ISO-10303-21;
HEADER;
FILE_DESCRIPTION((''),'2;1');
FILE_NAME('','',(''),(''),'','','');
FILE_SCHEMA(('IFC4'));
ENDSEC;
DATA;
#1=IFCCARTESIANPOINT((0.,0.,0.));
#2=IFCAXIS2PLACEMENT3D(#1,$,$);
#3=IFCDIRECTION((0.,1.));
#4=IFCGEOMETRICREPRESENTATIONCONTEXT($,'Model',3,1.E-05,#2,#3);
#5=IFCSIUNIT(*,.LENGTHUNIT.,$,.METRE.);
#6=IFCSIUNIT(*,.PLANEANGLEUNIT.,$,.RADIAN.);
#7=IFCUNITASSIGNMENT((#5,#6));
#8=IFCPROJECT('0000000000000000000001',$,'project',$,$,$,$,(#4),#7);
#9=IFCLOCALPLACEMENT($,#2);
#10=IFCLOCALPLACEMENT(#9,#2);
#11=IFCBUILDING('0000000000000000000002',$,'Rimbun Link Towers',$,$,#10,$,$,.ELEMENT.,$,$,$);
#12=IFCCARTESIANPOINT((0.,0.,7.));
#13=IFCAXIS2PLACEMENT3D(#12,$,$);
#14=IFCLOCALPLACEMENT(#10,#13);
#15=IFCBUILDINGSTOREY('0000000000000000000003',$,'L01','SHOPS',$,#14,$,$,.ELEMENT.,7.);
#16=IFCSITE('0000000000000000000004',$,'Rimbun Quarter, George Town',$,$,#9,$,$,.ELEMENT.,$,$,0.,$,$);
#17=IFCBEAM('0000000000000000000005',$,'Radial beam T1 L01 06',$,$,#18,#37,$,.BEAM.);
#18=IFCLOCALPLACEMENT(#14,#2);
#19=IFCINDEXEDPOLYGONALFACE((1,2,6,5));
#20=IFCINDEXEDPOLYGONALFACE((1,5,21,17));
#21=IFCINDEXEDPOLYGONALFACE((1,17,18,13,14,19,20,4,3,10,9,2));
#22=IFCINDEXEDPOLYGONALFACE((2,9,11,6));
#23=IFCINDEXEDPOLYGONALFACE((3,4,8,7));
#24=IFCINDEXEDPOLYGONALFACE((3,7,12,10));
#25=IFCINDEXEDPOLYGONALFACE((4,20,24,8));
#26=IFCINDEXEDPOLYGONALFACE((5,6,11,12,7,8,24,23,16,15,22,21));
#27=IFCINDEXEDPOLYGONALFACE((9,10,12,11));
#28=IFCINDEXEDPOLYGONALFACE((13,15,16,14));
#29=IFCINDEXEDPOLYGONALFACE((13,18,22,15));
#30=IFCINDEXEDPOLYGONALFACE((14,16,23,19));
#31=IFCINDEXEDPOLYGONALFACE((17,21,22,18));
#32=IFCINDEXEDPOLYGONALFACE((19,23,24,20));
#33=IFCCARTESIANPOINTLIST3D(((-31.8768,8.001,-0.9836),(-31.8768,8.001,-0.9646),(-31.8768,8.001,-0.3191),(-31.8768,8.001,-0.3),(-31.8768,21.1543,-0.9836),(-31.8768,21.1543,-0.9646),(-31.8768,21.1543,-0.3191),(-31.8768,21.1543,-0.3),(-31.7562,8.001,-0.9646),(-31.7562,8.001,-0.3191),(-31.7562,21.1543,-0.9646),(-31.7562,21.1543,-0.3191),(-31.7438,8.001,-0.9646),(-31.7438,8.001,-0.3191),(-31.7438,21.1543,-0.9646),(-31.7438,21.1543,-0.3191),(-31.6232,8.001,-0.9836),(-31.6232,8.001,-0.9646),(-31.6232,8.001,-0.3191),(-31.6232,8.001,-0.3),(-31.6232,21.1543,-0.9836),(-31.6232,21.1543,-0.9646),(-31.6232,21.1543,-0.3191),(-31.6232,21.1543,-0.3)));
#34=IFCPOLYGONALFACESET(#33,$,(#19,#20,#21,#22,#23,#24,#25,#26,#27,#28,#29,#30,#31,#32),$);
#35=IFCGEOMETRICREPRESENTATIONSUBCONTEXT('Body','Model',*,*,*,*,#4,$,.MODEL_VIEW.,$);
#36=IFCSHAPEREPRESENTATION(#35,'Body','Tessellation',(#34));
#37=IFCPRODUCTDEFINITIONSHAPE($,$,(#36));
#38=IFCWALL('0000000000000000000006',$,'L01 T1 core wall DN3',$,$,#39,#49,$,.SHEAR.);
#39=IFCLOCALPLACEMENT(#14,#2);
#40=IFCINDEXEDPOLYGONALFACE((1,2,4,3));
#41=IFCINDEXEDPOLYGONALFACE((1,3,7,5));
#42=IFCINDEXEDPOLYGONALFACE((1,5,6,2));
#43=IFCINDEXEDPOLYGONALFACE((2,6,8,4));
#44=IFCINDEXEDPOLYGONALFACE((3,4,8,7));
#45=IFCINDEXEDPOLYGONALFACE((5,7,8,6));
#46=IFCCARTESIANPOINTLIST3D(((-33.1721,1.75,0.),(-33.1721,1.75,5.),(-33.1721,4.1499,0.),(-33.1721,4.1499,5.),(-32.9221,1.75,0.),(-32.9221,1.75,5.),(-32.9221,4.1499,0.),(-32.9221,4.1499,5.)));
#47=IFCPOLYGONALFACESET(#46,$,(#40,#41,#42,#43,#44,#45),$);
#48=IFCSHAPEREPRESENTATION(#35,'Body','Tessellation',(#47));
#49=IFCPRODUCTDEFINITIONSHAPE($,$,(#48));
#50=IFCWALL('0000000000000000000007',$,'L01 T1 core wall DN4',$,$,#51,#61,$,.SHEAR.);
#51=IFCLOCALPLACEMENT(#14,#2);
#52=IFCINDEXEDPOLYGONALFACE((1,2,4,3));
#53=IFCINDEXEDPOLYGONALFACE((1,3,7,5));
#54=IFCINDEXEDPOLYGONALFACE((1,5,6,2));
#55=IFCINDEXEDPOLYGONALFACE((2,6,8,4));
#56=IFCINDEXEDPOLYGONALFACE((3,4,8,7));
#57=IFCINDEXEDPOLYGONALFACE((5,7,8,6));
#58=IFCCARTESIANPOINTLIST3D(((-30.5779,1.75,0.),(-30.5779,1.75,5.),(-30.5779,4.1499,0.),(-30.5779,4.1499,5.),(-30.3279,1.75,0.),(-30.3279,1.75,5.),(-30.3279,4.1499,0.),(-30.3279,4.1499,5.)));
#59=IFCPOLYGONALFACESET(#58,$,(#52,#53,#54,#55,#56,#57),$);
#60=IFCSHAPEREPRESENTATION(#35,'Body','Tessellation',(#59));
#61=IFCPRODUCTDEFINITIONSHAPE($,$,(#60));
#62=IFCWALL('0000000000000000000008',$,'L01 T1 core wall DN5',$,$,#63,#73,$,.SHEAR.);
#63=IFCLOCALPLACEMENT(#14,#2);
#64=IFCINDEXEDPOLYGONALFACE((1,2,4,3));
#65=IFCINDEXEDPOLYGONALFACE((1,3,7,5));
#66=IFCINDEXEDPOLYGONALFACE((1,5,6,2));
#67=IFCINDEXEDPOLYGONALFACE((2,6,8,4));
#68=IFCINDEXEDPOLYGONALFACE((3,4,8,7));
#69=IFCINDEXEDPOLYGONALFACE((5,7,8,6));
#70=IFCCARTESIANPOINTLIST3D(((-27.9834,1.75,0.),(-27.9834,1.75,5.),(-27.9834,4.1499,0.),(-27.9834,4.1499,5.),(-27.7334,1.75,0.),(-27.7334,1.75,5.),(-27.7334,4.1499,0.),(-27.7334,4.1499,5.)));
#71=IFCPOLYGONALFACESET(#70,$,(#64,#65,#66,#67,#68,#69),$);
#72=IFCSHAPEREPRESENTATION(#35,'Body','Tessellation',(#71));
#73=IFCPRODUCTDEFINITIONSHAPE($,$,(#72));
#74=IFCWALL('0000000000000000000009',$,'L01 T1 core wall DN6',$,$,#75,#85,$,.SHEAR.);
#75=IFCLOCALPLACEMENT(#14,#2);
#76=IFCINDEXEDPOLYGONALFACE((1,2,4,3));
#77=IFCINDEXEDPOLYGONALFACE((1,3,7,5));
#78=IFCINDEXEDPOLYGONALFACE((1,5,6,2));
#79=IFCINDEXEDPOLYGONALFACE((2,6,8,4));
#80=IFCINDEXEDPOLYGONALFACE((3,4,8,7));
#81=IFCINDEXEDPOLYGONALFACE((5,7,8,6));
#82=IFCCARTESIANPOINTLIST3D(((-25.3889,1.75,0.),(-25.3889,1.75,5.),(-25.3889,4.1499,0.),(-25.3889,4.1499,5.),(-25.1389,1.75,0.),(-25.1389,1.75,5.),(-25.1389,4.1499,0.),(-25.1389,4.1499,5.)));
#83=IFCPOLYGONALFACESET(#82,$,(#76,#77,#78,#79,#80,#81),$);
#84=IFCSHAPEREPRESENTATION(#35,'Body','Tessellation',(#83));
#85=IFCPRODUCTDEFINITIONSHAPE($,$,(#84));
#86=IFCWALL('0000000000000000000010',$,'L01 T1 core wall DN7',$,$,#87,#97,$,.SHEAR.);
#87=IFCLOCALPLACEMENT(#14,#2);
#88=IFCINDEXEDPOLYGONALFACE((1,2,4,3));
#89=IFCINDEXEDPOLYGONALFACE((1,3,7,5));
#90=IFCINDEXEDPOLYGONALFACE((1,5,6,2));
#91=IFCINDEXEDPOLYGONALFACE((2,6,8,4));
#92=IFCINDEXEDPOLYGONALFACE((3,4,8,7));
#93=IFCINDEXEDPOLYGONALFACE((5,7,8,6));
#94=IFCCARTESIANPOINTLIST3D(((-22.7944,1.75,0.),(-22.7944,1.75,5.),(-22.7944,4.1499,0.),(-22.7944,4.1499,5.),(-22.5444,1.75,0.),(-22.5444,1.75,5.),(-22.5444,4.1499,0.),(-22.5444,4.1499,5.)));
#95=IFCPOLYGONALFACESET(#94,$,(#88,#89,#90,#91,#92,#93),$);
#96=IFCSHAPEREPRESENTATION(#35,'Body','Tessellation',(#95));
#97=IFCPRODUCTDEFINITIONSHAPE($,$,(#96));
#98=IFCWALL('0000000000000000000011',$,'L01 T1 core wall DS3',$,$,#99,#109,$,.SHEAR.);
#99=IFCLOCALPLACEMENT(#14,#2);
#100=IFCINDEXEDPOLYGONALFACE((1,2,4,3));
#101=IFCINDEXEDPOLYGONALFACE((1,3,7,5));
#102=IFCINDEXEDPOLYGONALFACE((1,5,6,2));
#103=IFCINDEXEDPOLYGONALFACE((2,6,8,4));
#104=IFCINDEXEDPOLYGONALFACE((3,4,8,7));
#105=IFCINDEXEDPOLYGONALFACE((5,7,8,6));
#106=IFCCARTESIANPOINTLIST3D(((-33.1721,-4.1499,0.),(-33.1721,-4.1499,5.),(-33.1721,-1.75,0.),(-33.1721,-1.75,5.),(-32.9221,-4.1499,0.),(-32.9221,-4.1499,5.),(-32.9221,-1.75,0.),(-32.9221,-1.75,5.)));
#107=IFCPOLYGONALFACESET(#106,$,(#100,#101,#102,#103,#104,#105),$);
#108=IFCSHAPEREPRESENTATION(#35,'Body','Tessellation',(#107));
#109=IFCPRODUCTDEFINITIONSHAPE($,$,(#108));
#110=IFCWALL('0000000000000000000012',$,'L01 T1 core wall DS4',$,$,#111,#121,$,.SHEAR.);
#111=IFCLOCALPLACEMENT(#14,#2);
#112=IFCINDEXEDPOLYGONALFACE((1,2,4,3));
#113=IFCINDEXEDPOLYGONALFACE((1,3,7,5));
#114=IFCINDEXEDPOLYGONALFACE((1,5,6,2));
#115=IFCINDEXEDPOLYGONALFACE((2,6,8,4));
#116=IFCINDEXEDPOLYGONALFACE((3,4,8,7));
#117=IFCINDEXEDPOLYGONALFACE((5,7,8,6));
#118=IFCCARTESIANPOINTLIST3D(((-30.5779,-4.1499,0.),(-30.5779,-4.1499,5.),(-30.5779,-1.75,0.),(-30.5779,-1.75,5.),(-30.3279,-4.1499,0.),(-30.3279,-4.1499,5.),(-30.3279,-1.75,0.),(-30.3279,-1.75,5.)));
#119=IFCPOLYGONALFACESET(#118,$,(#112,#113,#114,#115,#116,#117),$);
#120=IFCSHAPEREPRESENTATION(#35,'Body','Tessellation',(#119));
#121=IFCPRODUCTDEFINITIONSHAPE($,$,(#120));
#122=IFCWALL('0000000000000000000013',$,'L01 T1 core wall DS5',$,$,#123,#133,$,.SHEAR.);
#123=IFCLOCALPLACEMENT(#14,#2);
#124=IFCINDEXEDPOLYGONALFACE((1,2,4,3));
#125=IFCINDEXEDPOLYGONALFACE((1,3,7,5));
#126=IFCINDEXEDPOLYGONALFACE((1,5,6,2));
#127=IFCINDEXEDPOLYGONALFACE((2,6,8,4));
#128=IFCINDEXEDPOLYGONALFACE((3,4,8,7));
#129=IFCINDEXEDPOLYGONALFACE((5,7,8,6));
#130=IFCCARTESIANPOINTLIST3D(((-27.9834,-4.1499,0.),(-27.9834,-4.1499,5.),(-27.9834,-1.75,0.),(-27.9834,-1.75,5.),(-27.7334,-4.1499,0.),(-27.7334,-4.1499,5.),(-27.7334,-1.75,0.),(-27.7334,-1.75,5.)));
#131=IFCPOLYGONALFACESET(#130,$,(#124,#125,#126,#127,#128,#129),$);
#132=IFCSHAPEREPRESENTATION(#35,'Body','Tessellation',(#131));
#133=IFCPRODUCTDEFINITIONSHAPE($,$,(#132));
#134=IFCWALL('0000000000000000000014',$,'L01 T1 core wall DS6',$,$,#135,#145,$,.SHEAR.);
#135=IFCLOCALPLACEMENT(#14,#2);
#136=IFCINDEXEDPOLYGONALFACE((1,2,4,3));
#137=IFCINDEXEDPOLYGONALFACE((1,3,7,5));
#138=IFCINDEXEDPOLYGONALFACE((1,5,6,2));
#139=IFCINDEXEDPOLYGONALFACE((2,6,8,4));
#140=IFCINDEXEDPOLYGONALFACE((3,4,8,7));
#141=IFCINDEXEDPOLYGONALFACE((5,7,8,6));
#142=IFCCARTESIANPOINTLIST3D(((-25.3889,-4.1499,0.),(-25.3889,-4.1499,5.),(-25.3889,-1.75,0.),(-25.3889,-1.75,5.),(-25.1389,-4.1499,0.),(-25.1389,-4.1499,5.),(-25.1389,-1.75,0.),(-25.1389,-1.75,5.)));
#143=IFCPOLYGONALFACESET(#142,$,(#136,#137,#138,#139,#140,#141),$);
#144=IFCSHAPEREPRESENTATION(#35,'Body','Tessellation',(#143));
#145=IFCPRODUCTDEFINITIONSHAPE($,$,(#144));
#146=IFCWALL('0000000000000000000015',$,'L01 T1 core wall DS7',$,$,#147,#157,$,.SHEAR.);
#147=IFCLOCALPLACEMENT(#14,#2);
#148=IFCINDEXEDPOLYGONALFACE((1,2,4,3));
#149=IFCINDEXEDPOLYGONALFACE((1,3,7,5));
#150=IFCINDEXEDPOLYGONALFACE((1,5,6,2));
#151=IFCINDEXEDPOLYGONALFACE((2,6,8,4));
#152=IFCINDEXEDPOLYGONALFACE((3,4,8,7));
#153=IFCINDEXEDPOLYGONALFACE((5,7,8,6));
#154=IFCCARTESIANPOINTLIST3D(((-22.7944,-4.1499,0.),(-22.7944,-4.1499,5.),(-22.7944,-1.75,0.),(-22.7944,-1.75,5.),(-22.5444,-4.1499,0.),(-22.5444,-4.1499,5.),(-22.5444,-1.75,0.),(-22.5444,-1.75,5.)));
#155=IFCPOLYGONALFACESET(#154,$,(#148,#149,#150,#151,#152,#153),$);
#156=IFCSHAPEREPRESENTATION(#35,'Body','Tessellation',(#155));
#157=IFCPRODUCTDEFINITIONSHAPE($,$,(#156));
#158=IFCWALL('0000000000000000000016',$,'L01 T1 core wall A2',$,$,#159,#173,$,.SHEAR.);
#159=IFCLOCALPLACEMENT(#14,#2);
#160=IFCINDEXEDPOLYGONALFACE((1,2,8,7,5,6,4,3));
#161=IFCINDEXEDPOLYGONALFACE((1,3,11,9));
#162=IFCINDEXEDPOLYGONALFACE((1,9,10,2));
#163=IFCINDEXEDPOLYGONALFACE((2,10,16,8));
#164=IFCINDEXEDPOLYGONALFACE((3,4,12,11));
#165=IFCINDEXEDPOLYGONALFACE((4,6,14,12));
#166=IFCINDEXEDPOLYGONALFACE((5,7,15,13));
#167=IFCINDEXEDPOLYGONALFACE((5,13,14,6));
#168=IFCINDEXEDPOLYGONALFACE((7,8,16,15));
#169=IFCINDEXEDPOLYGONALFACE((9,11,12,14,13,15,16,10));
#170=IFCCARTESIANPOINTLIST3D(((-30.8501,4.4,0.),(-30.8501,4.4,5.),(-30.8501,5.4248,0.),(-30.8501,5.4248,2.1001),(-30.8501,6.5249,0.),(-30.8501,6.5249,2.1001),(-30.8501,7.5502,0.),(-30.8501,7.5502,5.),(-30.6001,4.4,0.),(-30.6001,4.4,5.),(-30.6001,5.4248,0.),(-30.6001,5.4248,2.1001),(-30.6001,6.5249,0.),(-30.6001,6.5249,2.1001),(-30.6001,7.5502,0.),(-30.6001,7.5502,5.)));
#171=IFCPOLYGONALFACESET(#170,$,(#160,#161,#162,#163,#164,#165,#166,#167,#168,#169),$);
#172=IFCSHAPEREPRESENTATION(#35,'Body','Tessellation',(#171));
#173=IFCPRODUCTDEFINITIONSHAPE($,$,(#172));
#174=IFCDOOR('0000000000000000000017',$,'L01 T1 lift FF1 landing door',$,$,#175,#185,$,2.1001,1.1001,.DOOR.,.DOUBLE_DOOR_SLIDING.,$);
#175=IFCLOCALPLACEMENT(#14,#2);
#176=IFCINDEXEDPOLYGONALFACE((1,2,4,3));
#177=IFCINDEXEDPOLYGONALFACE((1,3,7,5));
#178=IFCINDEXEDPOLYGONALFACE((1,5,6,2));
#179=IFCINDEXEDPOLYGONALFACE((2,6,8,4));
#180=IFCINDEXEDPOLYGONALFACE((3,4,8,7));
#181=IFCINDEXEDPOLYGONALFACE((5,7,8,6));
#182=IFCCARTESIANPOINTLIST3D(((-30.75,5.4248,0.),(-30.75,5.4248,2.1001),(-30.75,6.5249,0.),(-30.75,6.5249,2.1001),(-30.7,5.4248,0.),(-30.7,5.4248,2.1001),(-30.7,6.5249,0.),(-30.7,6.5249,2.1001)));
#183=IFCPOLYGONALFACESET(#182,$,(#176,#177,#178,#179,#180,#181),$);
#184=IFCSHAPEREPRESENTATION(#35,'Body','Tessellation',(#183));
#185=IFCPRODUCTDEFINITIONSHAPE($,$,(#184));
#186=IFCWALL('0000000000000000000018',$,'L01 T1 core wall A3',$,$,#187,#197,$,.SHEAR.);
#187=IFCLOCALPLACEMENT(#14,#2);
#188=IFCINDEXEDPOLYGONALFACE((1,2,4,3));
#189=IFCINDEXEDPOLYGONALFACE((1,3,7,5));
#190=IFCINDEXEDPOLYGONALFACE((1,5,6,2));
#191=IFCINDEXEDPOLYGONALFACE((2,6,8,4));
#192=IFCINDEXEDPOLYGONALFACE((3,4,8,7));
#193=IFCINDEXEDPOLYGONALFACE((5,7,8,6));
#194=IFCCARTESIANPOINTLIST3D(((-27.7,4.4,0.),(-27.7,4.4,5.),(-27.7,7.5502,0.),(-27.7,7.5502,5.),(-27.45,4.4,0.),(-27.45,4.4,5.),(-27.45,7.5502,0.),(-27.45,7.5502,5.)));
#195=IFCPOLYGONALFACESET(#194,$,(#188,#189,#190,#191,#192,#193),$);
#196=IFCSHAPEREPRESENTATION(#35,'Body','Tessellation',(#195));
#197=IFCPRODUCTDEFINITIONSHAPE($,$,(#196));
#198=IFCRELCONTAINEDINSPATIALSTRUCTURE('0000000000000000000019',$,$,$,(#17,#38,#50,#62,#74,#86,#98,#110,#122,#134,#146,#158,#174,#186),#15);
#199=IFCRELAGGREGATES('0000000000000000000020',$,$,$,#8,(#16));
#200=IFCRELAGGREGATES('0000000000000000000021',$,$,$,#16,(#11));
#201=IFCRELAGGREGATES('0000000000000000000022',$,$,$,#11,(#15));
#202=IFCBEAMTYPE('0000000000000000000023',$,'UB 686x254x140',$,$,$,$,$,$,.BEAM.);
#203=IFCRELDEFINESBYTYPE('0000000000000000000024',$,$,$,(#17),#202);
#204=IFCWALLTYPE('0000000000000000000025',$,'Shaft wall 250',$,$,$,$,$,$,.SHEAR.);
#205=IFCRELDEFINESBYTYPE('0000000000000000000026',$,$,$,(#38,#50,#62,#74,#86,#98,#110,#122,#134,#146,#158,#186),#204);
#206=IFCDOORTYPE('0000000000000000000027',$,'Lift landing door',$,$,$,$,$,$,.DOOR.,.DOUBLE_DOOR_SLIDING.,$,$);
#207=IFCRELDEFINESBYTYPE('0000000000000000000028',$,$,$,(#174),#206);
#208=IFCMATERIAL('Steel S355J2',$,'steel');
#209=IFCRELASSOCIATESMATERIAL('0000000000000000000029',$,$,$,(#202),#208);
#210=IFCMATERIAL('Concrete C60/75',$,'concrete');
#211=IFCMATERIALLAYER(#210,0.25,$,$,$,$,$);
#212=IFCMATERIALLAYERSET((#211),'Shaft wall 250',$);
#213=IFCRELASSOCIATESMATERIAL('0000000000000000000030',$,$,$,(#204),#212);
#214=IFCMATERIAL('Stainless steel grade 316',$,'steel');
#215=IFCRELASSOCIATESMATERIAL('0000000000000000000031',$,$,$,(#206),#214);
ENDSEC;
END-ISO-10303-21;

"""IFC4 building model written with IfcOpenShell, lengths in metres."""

from ifc_helpers import new_model, si_unit, direction, frame, frame_2d, origin, origin_2d, place, context, subcontext, project, spatial, rectangle, i_section, extrude, material, layer, layer_set, material_profile, profile_set, type_object, element, fill, save


model = new_model("IFC4")

# Units and contexts
model_context = context("Model", 3, precision=1e-05, world=origin(), true_north=direction((0.0, 1.0)))
body_context = subcontext(model_context, "Body", "Model", "MODEL_VIEW")
ifc_project = project(units=[si_unit("LENGTHUNIT", "METRE"), si_unit("PLANEANGLEUNIT", "RADIAN")], contexts=[model_context])

# Site, building, storey
site_placement = place(None, origin())
site = spatial("IfcSite", under=ifc_project, at=site_placement, Name="Rimbun Quarter, George Town", CompositionType="ELEMENT", RefElevation=0.0)
building_placement = place(site_placement, origin())
building = spatial("IfcBuilding", under=site, at=building_placement, Name="Rimbun Link Towers", CompositionType="ELEMENT")
storey_placement = place(building_placement, frame((0.0, 0.0, 7.0)))
storey = spatial("IfcBuildingStorey", under=building, at=storey_placement, Name="L01", Description="SHOPS", CompositionType="ELEMENT", Elevation=7.0)

# Beam
ifc_material_1 = material(Name="Steel S355J2", Category="steel")
ifc_material_profile_1 = material_profile(ifc_material_1, i_section(OverallWidth=0.2537, OverallDepth=0.6836, WebThickness=0.0125, FlangeThickness=0.019, at=origin_2d()), Name="UB 686x254x140")
ifc_profile_set_1 = profile_set([ifc_material_profile_1], Name="Steel S355J2")
beam_type_1 = type_object("IfcBeamType", Name="UB 686x254x140", PredefinedType="BEAM", material=ifc_profile_set_1)
beam_1_placement = place(storey_placement, frame((-31.75, 8.001, -0.6418), z_axis=(0.0, 1.0, 0.0), x_axis=(-1.0, 0.0, 0.0)))
element("IfcBeam", 1, at=beam_1_placement, inside=storey, type_object=beam_type_1, Name="Radial beam T1 L01 06", PredefinedType="BEAM", context=body_context, shape_type="SweptSolid", body=[
    extrude(i_section(OverallWidth=0.2537, OverallDepth=0.6836, WebThickness=0.0125, FlangeThickness=0.019, at=origin_2d()), origin(), (0.0, 0.0, 1.0), 13.1533),
])

# Walls
ifc_material_2 = material(Name="Concrete C60/75", Category="concrete")
ifc_layer_1 = layer(ifc_material_2, 0.25)
ifc_layer_set_1 = layer_set([ifc_layer_1], Name="Shaft wall 250")
wall_type_1 = type_object("IfcWallType", Name="Shaft wall 250", PredefinedType="SHEAR", material=ifc_layer_set_1)
for number, where, z_axis, x_axis, name in (
    (2, (-33.0471, 1.75, 0.0), (0.0, 0.0, 1.0), (0.0, 1.0, 0.0), "L01 T1 core wall DN3"),
    (3, (-30.4529, 1.75, 0.0), (0.0, 0.0, 1.0), (0.0, 1.0, 0.0), "L01 T1 core wall DN4"),
    (4, (-27.8584, 1.75, 0.0), (0.0, 0.0, 1.0), (0.0, 1.0, 0.0), "L01 T1 core wall DN5"),
    (5, (-25.2639, 1.75, 0.0), (0.0, 0.0, 1.0), (0.0, 1.0, 0.0), "L01 T1 core wall DN6"),
    (6, (-22.6694, 1.75, 0.0), (0.0, 0.0, 1.0), (0.0, 1.0, 0.0), "L01 T1 core wall DN7"),
    (7, (-33.0471, -4.1499, 0.0), (0.0, 0.0, 1.0), (0.0, 1.0, 0.0), "L01 T1 core wall DS3"),
    (8, (-30.4529, -4.1499, 0.0), (0.0, 0.0, 1.0), (0.0, 1.0, 0.0), "L01 T1 core wall DS4"),
    (9, (-27.8584, -4.1499, 0.0), (0.0, 0.0, 1.0), (0.0, 1.0, 0.0), "L01 T1 core wall DS5"),
    (10, (-25.2639, -4.1499, 0.0), (0.0, 0.0, 1.0), (0.0, 1.0, 0.0), "L01 T1 core wall DS6"),
    (11, (-22.6694, -4.1499, 0.0), (0.0, 0.0, 1.0), (0.0, 1.0, 0.0), "L01 T1 core wall DS7"),
):
    element("IfcWall", number, at=place(storey_placement, frame(where, z_axis=z_axis, x_axis=x_axis)), inside=storey, type_object=wall_type_1, Name=name, PredefinedType="SHEAR", context=body_context, shape_type="SweptSolid", body=[
        extrude(rectangle(XDim=2.3999, YDim=0.25, at=frame_2d((1.2, 0.0))), origin(), (0.0, 0.0, 1.0), 5.0),
    ])

# Wall, opening, door
wall_1_placement = place(storey_placement, frame((-30.7251, 4.3999, 0.0), z_axis=(0.0, 0.0, 1.0), x_axis=(0.0, 1.0, 0.0)))
wall_1 = element("IfcWall", 12, at=wall_1_placement, inside=storey, type_object=wall_type_1, Name="L01 T1 core wall A2", PredefinedType="SHEAR", context=body_context, shape_type="SweptSolid", body=[
    extrude(rectangle(XDim=3.1501, YDim=0.25, at=frame_2d((1.5752, 0.0))), origin(), (0.0, 0.0, 1.0), 5.0),
])
opening_1_placement = place(wall_1_placement, frame((1.0249, 0.0, 0.0)))
opening_1 = element("IfcOpeningElement", 13, at=opening_1_placement, cuts=wall_1, PredefinedType="OPENING", context=body_context, shape_type="SweptSolid", body=[
    extrude(rectangle(XDim=1.1001, YDim=2.1001, at=frame_2d((0.55, 1.05))), frame((0.0, 0.135, 0.0), z_axis=(0.0, -1.0, 0.0), x_axis=(1.0, 0.0, 0.0)), (0.0, 0.0, 1.0), 0.27),
])
ifc_material_3 = material(Name="Stainless steel grade 316", Category="steel")
door_type_1 = type_object("IfcDoorType", Name="Lift landing door", OperationType="DOUBLE_DOOR_SLIDING", PredefinedType="DOOR", material=ifc_material_3)
door_1_placement = place(opening_1_placement, origin())
door_1 = element("IfcDoor", 14, at=door_1_placement, inside=storey, type_object=door_type_1, Name="L01 T1 lift FF1 landing door", OperationType="DOUBLE_DOOR_SLIDING", OverallHeight=2.1001, OverallWidth=1.1001, PredefinedType="DOOR", context=body_context, shape_type="SweptSolid", body=[
    extrude(rectangle(XDim=1.1001, YDim=2.1001, at=frame_2d((0.55, 1.05))), frame((0.0, 0.0249, 0.0), z_axis=(0.0, -1.0, 0.0), x_axis=(1.0, 0.0, 0.0)), (0.0, 0.0, 1.0), 0.05),
])
fill(opening_1, door_1)

# Wall
wall_2_placement = place(storey_placement, frame((-27.575, 4.3999, 0.0), z_axis=(0.0, 0.0, 1.0), x_axis=(0.0, 1.0, 0.0)))
element("IfcWall", 15, at=wall_2_placement, inside=storey, type_object=wall_type_1, Name="L01 T1 core wall A3", PredefinedType="SHEAR", context=body_context, shape_type="SweptSolid", body=[
    extrude(rectangle(XDim=3.1501, YDim=0.25, at=frame_2d((1.5752, 0.0))), origin(), (0.0, 0.0, 1.0), 5.0),
])

save(model, "model.ifc")
